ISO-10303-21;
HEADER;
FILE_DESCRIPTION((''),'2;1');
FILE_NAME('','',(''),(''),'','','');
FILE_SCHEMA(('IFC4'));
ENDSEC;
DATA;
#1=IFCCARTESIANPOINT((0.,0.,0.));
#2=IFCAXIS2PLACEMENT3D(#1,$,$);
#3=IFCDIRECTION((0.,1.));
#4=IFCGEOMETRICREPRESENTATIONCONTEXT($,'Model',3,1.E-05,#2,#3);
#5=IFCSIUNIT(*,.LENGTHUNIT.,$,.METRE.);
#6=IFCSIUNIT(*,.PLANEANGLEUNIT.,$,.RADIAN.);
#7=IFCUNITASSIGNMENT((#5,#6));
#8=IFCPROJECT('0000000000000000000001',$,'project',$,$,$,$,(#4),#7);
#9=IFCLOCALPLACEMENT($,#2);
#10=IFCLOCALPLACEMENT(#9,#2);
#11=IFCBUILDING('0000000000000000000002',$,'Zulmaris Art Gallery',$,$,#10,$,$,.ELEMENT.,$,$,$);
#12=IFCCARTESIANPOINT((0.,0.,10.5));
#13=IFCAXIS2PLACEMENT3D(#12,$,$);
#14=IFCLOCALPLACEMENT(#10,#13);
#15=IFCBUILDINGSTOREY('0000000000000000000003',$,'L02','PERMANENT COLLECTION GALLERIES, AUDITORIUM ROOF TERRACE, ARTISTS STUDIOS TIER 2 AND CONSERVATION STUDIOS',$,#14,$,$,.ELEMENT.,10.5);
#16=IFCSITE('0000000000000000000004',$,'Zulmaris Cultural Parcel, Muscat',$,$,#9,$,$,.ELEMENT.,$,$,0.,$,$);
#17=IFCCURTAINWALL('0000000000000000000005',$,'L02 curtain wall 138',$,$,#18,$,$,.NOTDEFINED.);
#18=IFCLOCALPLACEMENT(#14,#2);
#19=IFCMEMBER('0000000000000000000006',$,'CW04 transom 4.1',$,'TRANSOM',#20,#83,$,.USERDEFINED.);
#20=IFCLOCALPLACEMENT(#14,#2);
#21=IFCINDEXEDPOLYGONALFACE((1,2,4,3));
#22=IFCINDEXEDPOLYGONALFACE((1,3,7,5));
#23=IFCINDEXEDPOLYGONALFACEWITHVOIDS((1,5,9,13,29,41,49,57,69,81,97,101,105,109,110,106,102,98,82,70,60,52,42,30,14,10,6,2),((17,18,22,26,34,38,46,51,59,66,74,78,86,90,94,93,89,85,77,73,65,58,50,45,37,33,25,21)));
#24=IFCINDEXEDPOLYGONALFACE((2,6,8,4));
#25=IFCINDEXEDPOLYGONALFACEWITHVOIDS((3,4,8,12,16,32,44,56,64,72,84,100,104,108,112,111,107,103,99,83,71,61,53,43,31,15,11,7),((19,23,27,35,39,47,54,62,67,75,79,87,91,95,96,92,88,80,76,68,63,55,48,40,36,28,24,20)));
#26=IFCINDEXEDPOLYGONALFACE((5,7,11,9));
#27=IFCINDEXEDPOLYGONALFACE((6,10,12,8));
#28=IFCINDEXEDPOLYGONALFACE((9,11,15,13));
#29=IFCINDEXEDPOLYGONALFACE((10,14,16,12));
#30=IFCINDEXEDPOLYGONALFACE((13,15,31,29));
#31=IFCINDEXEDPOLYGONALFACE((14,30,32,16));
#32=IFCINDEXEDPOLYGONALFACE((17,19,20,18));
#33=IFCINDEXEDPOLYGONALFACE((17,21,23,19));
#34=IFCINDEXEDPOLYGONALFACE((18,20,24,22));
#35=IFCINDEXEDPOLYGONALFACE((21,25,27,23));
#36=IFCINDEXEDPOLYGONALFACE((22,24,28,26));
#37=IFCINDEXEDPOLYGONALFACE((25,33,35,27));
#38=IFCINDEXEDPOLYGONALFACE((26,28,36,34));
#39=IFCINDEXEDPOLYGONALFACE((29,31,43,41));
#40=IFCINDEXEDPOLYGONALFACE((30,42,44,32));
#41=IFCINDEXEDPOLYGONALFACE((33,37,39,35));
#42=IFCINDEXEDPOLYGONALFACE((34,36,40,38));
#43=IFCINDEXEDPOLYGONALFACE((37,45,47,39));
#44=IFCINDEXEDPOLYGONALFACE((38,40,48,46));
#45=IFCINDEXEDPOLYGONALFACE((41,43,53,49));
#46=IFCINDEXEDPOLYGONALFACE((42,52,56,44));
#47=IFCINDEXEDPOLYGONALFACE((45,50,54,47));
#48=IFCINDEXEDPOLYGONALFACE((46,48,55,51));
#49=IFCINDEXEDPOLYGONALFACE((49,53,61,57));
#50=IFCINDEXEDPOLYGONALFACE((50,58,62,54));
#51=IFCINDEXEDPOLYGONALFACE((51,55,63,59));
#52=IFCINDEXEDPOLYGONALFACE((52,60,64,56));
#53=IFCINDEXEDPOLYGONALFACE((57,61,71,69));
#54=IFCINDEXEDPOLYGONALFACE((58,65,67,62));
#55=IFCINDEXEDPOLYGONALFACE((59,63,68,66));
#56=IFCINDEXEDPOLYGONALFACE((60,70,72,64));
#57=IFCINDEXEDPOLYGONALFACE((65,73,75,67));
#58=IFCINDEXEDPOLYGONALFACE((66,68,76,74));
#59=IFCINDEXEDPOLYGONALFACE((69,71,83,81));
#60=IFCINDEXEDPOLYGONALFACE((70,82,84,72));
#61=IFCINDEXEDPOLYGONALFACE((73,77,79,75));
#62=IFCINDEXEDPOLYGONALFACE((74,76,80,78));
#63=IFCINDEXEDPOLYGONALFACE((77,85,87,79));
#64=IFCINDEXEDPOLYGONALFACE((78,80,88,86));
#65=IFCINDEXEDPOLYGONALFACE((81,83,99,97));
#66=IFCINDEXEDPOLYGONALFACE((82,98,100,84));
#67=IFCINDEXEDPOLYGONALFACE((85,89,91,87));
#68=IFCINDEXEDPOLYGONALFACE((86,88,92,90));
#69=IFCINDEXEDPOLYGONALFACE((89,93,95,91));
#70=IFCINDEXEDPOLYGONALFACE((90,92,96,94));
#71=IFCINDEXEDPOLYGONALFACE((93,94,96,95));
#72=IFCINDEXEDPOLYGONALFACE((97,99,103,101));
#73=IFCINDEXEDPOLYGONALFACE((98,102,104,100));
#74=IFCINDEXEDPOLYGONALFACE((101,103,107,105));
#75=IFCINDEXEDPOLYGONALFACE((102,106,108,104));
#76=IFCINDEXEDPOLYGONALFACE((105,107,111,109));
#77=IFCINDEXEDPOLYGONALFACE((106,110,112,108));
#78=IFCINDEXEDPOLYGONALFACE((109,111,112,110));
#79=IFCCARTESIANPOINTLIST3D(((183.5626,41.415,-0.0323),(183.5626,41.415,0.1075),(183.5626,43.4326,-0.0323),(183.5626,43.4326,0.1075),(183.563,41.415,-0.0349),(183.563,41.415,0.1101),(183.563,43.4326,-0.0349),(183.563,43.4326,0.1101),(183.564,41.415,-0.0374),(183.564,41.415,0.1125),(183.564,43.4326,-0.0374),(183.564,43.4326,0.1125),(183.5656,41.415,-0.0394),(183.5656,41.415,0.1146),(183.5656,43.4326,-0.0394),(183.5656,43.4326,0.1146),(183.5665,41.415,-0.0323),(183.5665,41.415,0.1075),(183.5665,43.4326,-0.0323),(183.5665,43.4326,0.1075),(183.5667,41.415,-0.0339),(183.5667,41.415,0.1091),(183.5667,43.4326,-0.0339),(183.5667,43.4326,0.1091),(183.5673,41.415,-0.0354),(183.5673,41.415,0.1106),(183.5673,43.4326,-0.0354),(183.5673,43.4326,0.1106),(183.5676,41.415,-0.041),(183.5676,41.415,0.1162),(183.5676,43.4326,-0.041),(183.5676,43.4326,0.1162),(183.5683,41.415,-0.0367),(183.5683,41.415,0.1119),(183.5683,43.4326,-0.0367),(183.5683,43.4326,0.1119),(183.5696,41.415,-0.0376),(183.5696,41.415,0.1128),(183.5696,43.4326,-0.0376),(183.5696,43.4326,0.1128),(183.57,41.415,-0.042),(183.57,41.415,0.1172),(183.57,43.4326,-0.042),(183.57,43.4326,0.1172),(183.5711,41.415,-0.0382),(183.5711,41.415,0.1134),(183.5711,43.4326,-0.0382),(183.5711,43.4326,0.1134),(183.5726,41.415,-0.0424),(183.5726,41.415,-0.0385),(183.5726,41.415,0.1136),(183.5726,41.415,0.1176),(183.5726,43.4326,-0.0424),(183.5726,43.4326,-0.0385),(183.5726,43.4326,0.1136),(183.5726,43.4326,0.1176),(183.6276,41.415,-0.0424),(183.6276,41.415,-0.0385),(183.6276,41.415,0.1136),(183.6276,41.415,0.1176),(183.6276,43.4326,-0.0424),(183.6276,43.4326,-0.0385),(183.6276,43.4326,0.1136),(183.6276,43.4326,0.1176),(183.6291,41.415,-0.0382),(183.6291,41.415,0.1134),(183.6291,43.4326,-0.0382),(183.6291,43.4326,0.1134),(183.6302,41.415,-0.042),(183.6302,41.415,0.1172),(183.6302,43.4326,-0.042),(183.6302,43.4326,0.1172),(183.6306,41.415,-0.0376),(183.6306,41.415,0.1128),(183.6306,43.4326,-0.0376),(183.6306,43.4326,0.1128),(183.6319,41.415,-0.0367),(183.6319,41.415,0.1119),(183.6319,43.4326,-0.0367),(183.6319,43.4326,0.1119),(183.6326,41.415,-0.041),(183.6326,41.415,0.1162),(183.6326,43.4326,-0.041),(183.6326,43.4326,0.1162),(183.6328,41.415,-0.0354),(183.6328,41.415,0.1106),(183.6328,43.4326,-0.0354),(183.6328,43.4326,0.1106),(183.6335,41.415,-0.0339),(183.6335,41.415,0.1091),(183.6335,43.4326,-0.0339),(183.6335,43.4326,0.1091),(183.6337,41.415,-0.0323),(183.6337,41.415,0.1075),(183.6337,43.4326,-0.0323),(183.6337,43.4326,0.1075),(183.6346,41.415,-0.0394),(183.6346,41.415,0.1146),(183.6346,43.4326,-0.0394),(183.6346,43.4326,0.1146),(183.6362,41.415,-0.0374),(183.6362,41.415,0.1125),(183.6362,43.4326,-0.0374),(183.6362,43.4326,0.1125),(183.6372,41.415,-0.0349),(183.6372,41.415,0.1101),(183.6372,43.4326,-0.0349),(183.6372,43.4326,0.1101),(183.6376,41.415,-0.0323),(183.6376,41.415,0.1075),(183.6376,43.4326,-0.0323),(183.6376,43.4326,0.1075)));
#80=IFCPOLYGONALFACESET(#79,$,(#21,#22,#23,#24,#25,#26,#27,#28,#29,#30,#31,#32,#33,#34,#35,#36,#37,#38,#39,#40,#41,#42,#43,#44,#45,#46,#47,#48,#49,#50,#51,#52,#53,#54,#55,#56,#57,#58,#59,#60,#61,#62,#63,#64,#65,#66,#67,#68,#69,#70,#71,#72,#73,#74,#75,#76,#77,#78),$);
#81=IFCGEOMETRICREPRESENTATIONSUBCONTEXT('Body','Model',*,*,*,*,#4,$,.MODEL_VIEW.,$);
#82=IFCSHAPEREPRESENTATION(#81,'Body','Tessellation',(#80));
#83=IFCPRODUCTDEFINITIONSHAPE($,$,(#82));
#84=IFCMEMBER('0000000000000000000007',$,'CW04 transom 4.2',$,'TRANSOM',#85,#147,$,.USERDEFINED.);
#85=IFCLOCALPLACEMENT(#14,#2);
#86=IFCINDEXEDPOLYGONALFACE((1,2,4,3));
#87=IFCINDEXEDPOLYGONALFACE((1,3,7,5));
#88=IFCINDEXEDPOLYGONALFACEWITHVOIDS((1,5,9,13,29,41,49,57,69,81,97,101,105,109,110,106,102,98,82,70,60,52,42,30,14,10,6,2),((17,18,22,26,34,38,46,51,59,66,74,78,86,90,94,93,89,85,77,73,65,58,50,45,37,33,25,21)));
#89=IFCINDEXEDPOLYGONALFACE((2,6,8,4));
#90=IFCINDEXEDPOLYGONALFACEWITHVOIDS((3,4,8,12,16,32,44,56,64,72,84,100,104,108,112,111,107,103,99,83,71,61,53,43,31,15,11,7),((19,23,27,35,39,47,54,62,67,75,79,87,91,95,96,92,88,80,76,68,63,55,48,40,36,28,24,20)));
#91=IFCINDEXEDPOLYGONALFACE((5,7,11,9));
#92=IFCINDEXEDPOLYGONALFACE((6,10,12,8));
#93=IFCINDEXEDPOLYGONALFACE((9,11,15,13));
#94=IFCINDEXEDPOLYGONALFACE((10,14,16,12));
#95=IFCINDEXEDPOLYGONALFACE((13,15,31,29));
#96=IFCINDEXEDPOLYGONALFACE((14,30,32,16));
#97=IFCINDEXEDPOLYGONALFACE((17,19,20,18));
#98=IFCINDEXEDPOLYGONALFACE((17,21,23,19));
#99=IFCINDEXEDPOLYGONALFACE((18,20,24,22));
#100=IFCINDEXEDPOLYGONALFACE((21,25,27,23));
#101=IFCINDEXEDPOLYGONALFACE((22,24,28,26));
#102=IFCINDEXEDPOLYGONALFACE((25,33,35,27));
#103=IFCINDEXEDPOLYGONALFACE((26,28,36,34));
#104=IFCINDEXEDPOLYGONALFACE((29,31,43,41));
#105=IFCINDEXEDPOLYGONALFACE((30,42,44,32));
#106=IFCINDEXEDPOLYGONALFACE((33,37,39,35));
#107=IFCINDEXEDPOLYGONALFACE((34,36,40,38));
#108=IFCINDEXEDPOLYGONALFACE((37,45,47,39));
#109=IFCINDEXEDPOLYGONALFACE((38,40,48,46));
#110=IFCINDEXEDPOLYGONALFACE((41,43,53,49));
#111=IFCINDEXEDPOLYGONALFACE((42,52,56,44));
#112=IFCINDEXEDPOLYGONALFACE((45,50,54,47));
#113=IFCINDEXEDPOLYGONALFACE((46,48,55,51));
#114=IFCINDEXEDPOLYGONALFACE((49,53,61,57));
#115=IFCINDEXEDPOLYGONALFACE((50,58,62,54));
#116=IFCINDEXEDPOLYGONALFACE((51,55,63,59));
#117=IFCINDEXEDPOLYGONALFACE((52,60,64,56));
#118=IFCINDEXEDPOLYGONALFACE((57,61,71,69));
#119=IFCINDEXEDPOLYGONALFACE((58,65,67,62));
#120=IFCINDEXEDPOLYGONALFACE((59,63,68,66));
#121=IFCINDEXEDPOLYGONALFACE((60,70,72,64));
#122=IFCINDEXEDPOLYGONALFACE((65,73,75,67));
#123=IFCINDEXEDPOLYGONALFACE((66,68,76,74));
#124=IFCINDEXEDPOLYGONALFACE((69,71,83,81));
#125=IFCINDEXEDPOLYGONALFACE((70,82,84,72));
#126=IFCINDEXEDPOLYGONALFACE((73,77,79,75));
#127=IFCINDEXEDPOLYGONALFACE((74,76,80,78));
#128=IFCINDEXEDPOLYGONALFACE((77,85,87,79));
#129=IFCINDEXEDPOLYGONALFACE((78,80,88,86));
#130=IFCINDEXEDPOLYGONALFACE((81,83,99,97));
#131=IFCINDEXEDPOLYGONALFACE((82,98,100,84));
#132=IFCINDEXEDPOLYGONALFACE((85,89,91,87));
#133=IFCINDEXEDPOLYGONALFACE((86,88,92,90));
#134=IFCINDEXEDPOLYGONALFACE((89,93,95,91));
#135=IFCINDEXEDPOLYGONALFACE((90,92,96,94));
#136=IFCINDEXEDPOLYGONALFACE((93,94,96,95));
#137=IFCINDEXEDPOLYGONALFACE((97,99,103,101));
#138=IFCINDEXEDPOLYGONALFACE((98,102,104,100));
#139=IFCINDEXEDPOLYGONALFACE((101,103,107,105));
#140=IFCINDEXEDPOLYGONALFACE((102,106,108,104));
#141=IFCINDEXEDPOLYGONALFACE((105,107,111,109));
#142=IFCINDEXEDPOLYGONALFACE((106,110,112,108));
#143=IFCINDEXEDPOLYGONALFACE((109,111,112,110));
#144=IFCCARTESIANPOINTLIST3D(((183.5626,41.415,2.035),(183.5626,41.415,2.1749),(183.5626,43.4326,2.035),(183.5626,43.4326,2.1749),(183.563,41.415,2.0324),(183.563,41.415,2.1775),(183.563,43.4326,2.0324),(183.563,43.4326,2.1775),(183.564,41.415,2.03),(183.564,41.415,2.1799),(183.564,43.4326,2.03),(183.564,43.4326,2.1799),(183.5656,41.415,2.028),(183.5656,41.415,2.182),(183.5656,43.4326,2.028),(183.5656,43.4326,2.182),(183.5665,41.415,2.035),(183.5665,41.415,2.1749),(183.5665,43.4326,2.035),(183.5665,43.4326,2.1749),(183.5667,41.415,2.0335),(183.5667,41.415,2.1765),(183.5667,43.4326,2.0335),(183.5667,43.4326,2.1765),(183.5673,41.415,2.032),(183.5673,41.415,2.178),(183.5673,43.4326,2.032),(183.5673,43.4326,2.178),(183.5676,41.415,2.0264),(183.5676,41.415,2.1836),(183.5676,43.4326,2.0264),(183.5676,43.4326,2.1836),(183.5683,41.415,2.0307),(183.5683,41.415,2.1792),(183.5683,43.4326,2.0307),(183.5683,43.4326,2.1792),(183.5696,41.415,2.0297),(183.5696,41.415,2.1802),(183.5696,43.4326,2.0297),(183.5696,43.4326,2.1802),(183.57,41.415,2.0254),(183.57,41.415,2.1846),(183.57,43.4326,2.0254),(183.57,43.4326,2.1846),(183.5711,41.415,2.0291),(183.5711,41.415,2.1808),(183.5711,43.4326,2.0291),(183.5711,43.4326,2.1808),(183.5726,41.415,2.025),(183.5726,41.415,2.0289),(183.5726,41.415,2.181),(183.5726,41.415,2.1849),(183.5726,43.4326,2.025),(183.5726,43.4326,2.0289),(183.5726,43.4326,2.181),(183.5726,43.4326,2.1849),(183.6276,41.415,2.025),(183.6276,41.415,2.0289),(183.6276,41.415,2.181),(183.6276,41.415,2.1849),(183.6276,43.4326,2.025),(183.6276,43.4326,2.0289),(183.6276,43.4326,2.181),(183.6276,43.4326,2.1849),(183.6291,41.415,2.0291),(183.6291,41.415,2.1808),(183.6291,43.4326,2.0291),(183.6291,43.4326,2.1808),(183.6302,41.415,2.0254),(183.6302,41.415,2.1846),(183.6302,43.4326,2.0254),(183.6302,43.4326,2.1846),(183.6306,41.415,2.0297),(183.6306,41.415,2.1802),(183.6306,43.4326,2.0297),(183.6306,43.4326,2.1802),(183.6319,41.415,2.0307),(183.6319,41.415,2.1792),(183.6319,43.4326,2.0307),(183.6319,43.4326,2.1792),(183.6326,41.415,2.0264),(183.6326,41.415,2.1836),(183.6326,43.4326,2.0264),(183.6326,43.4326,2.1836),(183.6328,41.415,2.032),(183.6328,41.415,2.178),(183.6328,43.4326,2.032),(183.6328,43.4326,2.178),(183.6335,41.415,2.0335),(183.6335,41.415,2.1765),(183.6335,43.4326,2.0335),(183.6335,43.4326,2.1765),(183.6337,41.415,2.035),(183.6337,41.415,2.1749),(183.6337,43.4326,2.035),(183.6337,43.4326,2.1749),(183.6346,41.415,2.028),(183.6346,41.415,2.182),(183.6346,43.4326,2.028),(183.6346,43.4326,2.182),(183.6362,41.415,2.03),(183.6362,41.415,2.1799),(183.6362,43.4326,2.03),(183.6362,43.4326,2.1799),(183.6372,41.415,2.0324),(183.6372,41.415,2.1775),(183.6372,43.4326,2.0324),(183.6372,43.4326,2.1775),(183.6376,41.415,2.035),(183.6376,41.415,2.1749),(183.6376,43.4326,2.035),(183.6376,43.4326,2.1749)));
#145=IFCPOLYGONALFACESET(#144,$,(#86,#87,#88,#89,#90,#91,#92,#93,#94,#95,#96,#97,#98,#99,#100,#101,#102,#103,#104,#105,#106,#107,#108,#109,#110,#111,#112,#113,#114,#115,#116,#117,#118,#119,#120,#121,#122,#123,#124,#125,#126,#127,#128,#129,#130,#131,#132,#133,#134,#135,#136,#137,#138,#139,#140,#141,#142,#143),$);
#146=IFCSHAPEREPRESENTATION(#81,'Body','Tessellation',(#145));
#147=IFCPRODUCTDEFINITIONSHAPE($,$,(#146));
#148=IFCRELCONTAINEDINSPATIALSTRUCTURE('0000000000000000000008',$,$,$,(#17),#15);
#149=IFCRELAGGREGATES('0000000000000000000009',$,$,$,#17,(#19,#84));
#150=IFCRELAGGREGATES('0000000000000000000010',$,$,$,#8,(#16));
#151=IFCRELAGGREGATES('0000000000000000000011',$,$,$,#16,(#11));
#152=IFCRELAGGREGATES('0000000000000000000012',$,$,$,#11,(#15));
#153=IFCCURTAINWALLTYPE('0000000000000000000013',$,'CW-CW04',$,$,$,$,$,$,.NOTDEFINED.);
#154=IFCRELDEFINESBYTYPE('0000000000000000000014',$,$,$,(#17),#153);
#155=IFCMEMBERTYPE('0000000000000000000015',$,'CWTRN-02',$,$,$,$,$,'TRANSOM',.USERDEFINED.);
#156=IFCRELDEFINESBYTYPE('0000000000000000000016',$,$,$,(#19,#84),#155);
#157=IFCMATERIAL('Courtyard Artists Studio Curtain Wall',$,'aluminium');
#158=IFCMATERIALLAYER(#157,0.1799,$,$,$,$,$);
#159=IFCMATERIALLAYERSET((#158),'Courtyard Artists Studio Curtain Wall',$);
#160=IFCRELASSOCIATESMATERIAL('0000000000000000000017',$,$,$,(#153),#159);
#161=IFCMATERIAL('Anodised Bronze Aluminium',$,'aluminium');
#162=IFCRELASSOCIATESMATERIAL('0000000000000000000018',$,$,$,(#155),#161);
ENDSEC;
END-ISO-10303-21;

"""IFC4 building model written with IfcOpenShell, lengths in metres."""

from ifc_helpers import new_model, si_unit, direction, frame, origin, origin_2d, place, context, subcontext, project, spatial, hollow_rectangle, extrude, material, layer, layer_set, material_profile, profile_set, type_object, element, aggregate, save


model = new_model("IFC4")

# Units and contexts
model_context = context("Model", 3, precision=1e-05, world=origin(), true_north=direction((0.0, 1.0)))
body_context = subcontext(model_context, "Body", "Model", "MODEL_VIEW")
ifc_project = project(units=[si_unit("LENGTHUNIT", "METRE"), si_unit("PLANEANGLEUNIT", "RADIAN")], contexts=[model_context])

# Site, building, storey
site_placement = place(None, origin())
site = spatial("IfcSite", under=ifc_project, at=site_placement, Name="Zulmaris Cultural Parcel, Muscat", CompositionType="ELEMENT", RefElevation=0.0)
building_placement = place(site_placement, origin())
building = spatial("IfcBuilding", under=site, at=building_placement, Name="Zulmaris Art Gallery", CompositionType="ELEMENT")
storey_placement = place(building_placement, frame((0.0, 0.0, 10.5)))
storey = spatial("IfcBuildingStorey", under=building, at=storey_placement, Name="L02", Description="PERMANENT COLLECTION GALLERIES, AUDITORIUM ROOF TERRACE, ARTISTS STUDIOS TIER 2 AND CONSERVATION STUDIOS", CompositionType="ELEMENT", Elevation=10.5)

# Curtain wall, members
ifc_material_1 = material(Name="Courtyard Artists Studio Curtain Wall", Category="aluminium")
ifc_layer_1 = layer(ifc_material_1, 0.1799)
ifc_layer_set_1 = layer_set([ifc_layer_1], Name="Courtyard Artists Studio Curtain Wall")
curtain_wall_type = type_object("IfcCurtainWallType", Name="CW-CW04", PredefinedType="NOTDEFINED", material=ifc_layer_set_1)
curtain_wall_placement = place(storey_placement, origin())
curtain_wall = element("IfcCurtainWall", 1, at=curtain_wall_placement, inside=storey, type_object=curtain_wall_type, Name="L02 curtain wall 138", PredefinedType="NOTDEFINED")
ifc_material_2 = material(Name="Anodised Bronze Aluminium", Category="aluminium")
ifc_material_profile_1 = material_profile(ifc_material_2, hollow_rectangle(XDim=0.075, YDim=0.1599, WallThickness=0.0039, InnerFilletRadius=0.0061, OuterFilletRadius=0.01, at=origin_2d()), Name="ALU 75x160x4")
ifc_profile_set_1 = profile_set([ifc_material_profile_1], Name="Anodised Bronze Aluminium")
member_type_1 = type_object("IfcMemberType", Name="CWTRN-02", ElementType="TRANSOM", PredefinedType="USERDEFINED", material=ifc_profile_set_1)
member_1_placement = place(storey_placement, frame((183.6001, 43.4326, 0.0376), z_axis=(0.0, -1.0, 0.0), x_axis=(1.0, 0.0, 0.0)))
member_1 = element("IfcMember", 2, at=member_1_placement, type_object=member_type_1, Name="CW04 transom 4.1", ObjectType="TRANSOM", PredefinedType="USERDEFINED", context=body_context, shape_type="SweptSolid", body=[
    extrude(hollow_rectangle(XDim=0.075, YDim=0.1599, WallThickness=0.0039, InnerFilletRadius=0.0061, OuterFilletRadius=0.01, at=origin_2d()), origin(), (0.0, 0.0, 1.0), 2.0176),
])
member_2_placement = place(storey_placement, frame((183.6001, 43.4326, 2.105), z_axis=(0.0, -1.0, 0.0), x_axis=(1.0, 0.0, 0.0)))
member_2 = element("IfcMember", 3, at=member_2_placement, type_object=member_type_1, Name="CW04 transom 4.2", ObjectType="TRANSOM", PredefinedType="USERDEFINED", context=body_context, shape_type="SweptSolid", body=[
    extrude(hollow_rectangle(XDim=0.075, YDim=0.1599, WallThickness=0.0039, InnerFilletRadius=0.0061, OuterFilletRadius=0.01, at=origin_2d()), origin(), (0.0, 0.0, 1.0), 2.0176),
])
aggregate(curtain_wall, [member_1, member_2])

save(model, "model.ifc")
